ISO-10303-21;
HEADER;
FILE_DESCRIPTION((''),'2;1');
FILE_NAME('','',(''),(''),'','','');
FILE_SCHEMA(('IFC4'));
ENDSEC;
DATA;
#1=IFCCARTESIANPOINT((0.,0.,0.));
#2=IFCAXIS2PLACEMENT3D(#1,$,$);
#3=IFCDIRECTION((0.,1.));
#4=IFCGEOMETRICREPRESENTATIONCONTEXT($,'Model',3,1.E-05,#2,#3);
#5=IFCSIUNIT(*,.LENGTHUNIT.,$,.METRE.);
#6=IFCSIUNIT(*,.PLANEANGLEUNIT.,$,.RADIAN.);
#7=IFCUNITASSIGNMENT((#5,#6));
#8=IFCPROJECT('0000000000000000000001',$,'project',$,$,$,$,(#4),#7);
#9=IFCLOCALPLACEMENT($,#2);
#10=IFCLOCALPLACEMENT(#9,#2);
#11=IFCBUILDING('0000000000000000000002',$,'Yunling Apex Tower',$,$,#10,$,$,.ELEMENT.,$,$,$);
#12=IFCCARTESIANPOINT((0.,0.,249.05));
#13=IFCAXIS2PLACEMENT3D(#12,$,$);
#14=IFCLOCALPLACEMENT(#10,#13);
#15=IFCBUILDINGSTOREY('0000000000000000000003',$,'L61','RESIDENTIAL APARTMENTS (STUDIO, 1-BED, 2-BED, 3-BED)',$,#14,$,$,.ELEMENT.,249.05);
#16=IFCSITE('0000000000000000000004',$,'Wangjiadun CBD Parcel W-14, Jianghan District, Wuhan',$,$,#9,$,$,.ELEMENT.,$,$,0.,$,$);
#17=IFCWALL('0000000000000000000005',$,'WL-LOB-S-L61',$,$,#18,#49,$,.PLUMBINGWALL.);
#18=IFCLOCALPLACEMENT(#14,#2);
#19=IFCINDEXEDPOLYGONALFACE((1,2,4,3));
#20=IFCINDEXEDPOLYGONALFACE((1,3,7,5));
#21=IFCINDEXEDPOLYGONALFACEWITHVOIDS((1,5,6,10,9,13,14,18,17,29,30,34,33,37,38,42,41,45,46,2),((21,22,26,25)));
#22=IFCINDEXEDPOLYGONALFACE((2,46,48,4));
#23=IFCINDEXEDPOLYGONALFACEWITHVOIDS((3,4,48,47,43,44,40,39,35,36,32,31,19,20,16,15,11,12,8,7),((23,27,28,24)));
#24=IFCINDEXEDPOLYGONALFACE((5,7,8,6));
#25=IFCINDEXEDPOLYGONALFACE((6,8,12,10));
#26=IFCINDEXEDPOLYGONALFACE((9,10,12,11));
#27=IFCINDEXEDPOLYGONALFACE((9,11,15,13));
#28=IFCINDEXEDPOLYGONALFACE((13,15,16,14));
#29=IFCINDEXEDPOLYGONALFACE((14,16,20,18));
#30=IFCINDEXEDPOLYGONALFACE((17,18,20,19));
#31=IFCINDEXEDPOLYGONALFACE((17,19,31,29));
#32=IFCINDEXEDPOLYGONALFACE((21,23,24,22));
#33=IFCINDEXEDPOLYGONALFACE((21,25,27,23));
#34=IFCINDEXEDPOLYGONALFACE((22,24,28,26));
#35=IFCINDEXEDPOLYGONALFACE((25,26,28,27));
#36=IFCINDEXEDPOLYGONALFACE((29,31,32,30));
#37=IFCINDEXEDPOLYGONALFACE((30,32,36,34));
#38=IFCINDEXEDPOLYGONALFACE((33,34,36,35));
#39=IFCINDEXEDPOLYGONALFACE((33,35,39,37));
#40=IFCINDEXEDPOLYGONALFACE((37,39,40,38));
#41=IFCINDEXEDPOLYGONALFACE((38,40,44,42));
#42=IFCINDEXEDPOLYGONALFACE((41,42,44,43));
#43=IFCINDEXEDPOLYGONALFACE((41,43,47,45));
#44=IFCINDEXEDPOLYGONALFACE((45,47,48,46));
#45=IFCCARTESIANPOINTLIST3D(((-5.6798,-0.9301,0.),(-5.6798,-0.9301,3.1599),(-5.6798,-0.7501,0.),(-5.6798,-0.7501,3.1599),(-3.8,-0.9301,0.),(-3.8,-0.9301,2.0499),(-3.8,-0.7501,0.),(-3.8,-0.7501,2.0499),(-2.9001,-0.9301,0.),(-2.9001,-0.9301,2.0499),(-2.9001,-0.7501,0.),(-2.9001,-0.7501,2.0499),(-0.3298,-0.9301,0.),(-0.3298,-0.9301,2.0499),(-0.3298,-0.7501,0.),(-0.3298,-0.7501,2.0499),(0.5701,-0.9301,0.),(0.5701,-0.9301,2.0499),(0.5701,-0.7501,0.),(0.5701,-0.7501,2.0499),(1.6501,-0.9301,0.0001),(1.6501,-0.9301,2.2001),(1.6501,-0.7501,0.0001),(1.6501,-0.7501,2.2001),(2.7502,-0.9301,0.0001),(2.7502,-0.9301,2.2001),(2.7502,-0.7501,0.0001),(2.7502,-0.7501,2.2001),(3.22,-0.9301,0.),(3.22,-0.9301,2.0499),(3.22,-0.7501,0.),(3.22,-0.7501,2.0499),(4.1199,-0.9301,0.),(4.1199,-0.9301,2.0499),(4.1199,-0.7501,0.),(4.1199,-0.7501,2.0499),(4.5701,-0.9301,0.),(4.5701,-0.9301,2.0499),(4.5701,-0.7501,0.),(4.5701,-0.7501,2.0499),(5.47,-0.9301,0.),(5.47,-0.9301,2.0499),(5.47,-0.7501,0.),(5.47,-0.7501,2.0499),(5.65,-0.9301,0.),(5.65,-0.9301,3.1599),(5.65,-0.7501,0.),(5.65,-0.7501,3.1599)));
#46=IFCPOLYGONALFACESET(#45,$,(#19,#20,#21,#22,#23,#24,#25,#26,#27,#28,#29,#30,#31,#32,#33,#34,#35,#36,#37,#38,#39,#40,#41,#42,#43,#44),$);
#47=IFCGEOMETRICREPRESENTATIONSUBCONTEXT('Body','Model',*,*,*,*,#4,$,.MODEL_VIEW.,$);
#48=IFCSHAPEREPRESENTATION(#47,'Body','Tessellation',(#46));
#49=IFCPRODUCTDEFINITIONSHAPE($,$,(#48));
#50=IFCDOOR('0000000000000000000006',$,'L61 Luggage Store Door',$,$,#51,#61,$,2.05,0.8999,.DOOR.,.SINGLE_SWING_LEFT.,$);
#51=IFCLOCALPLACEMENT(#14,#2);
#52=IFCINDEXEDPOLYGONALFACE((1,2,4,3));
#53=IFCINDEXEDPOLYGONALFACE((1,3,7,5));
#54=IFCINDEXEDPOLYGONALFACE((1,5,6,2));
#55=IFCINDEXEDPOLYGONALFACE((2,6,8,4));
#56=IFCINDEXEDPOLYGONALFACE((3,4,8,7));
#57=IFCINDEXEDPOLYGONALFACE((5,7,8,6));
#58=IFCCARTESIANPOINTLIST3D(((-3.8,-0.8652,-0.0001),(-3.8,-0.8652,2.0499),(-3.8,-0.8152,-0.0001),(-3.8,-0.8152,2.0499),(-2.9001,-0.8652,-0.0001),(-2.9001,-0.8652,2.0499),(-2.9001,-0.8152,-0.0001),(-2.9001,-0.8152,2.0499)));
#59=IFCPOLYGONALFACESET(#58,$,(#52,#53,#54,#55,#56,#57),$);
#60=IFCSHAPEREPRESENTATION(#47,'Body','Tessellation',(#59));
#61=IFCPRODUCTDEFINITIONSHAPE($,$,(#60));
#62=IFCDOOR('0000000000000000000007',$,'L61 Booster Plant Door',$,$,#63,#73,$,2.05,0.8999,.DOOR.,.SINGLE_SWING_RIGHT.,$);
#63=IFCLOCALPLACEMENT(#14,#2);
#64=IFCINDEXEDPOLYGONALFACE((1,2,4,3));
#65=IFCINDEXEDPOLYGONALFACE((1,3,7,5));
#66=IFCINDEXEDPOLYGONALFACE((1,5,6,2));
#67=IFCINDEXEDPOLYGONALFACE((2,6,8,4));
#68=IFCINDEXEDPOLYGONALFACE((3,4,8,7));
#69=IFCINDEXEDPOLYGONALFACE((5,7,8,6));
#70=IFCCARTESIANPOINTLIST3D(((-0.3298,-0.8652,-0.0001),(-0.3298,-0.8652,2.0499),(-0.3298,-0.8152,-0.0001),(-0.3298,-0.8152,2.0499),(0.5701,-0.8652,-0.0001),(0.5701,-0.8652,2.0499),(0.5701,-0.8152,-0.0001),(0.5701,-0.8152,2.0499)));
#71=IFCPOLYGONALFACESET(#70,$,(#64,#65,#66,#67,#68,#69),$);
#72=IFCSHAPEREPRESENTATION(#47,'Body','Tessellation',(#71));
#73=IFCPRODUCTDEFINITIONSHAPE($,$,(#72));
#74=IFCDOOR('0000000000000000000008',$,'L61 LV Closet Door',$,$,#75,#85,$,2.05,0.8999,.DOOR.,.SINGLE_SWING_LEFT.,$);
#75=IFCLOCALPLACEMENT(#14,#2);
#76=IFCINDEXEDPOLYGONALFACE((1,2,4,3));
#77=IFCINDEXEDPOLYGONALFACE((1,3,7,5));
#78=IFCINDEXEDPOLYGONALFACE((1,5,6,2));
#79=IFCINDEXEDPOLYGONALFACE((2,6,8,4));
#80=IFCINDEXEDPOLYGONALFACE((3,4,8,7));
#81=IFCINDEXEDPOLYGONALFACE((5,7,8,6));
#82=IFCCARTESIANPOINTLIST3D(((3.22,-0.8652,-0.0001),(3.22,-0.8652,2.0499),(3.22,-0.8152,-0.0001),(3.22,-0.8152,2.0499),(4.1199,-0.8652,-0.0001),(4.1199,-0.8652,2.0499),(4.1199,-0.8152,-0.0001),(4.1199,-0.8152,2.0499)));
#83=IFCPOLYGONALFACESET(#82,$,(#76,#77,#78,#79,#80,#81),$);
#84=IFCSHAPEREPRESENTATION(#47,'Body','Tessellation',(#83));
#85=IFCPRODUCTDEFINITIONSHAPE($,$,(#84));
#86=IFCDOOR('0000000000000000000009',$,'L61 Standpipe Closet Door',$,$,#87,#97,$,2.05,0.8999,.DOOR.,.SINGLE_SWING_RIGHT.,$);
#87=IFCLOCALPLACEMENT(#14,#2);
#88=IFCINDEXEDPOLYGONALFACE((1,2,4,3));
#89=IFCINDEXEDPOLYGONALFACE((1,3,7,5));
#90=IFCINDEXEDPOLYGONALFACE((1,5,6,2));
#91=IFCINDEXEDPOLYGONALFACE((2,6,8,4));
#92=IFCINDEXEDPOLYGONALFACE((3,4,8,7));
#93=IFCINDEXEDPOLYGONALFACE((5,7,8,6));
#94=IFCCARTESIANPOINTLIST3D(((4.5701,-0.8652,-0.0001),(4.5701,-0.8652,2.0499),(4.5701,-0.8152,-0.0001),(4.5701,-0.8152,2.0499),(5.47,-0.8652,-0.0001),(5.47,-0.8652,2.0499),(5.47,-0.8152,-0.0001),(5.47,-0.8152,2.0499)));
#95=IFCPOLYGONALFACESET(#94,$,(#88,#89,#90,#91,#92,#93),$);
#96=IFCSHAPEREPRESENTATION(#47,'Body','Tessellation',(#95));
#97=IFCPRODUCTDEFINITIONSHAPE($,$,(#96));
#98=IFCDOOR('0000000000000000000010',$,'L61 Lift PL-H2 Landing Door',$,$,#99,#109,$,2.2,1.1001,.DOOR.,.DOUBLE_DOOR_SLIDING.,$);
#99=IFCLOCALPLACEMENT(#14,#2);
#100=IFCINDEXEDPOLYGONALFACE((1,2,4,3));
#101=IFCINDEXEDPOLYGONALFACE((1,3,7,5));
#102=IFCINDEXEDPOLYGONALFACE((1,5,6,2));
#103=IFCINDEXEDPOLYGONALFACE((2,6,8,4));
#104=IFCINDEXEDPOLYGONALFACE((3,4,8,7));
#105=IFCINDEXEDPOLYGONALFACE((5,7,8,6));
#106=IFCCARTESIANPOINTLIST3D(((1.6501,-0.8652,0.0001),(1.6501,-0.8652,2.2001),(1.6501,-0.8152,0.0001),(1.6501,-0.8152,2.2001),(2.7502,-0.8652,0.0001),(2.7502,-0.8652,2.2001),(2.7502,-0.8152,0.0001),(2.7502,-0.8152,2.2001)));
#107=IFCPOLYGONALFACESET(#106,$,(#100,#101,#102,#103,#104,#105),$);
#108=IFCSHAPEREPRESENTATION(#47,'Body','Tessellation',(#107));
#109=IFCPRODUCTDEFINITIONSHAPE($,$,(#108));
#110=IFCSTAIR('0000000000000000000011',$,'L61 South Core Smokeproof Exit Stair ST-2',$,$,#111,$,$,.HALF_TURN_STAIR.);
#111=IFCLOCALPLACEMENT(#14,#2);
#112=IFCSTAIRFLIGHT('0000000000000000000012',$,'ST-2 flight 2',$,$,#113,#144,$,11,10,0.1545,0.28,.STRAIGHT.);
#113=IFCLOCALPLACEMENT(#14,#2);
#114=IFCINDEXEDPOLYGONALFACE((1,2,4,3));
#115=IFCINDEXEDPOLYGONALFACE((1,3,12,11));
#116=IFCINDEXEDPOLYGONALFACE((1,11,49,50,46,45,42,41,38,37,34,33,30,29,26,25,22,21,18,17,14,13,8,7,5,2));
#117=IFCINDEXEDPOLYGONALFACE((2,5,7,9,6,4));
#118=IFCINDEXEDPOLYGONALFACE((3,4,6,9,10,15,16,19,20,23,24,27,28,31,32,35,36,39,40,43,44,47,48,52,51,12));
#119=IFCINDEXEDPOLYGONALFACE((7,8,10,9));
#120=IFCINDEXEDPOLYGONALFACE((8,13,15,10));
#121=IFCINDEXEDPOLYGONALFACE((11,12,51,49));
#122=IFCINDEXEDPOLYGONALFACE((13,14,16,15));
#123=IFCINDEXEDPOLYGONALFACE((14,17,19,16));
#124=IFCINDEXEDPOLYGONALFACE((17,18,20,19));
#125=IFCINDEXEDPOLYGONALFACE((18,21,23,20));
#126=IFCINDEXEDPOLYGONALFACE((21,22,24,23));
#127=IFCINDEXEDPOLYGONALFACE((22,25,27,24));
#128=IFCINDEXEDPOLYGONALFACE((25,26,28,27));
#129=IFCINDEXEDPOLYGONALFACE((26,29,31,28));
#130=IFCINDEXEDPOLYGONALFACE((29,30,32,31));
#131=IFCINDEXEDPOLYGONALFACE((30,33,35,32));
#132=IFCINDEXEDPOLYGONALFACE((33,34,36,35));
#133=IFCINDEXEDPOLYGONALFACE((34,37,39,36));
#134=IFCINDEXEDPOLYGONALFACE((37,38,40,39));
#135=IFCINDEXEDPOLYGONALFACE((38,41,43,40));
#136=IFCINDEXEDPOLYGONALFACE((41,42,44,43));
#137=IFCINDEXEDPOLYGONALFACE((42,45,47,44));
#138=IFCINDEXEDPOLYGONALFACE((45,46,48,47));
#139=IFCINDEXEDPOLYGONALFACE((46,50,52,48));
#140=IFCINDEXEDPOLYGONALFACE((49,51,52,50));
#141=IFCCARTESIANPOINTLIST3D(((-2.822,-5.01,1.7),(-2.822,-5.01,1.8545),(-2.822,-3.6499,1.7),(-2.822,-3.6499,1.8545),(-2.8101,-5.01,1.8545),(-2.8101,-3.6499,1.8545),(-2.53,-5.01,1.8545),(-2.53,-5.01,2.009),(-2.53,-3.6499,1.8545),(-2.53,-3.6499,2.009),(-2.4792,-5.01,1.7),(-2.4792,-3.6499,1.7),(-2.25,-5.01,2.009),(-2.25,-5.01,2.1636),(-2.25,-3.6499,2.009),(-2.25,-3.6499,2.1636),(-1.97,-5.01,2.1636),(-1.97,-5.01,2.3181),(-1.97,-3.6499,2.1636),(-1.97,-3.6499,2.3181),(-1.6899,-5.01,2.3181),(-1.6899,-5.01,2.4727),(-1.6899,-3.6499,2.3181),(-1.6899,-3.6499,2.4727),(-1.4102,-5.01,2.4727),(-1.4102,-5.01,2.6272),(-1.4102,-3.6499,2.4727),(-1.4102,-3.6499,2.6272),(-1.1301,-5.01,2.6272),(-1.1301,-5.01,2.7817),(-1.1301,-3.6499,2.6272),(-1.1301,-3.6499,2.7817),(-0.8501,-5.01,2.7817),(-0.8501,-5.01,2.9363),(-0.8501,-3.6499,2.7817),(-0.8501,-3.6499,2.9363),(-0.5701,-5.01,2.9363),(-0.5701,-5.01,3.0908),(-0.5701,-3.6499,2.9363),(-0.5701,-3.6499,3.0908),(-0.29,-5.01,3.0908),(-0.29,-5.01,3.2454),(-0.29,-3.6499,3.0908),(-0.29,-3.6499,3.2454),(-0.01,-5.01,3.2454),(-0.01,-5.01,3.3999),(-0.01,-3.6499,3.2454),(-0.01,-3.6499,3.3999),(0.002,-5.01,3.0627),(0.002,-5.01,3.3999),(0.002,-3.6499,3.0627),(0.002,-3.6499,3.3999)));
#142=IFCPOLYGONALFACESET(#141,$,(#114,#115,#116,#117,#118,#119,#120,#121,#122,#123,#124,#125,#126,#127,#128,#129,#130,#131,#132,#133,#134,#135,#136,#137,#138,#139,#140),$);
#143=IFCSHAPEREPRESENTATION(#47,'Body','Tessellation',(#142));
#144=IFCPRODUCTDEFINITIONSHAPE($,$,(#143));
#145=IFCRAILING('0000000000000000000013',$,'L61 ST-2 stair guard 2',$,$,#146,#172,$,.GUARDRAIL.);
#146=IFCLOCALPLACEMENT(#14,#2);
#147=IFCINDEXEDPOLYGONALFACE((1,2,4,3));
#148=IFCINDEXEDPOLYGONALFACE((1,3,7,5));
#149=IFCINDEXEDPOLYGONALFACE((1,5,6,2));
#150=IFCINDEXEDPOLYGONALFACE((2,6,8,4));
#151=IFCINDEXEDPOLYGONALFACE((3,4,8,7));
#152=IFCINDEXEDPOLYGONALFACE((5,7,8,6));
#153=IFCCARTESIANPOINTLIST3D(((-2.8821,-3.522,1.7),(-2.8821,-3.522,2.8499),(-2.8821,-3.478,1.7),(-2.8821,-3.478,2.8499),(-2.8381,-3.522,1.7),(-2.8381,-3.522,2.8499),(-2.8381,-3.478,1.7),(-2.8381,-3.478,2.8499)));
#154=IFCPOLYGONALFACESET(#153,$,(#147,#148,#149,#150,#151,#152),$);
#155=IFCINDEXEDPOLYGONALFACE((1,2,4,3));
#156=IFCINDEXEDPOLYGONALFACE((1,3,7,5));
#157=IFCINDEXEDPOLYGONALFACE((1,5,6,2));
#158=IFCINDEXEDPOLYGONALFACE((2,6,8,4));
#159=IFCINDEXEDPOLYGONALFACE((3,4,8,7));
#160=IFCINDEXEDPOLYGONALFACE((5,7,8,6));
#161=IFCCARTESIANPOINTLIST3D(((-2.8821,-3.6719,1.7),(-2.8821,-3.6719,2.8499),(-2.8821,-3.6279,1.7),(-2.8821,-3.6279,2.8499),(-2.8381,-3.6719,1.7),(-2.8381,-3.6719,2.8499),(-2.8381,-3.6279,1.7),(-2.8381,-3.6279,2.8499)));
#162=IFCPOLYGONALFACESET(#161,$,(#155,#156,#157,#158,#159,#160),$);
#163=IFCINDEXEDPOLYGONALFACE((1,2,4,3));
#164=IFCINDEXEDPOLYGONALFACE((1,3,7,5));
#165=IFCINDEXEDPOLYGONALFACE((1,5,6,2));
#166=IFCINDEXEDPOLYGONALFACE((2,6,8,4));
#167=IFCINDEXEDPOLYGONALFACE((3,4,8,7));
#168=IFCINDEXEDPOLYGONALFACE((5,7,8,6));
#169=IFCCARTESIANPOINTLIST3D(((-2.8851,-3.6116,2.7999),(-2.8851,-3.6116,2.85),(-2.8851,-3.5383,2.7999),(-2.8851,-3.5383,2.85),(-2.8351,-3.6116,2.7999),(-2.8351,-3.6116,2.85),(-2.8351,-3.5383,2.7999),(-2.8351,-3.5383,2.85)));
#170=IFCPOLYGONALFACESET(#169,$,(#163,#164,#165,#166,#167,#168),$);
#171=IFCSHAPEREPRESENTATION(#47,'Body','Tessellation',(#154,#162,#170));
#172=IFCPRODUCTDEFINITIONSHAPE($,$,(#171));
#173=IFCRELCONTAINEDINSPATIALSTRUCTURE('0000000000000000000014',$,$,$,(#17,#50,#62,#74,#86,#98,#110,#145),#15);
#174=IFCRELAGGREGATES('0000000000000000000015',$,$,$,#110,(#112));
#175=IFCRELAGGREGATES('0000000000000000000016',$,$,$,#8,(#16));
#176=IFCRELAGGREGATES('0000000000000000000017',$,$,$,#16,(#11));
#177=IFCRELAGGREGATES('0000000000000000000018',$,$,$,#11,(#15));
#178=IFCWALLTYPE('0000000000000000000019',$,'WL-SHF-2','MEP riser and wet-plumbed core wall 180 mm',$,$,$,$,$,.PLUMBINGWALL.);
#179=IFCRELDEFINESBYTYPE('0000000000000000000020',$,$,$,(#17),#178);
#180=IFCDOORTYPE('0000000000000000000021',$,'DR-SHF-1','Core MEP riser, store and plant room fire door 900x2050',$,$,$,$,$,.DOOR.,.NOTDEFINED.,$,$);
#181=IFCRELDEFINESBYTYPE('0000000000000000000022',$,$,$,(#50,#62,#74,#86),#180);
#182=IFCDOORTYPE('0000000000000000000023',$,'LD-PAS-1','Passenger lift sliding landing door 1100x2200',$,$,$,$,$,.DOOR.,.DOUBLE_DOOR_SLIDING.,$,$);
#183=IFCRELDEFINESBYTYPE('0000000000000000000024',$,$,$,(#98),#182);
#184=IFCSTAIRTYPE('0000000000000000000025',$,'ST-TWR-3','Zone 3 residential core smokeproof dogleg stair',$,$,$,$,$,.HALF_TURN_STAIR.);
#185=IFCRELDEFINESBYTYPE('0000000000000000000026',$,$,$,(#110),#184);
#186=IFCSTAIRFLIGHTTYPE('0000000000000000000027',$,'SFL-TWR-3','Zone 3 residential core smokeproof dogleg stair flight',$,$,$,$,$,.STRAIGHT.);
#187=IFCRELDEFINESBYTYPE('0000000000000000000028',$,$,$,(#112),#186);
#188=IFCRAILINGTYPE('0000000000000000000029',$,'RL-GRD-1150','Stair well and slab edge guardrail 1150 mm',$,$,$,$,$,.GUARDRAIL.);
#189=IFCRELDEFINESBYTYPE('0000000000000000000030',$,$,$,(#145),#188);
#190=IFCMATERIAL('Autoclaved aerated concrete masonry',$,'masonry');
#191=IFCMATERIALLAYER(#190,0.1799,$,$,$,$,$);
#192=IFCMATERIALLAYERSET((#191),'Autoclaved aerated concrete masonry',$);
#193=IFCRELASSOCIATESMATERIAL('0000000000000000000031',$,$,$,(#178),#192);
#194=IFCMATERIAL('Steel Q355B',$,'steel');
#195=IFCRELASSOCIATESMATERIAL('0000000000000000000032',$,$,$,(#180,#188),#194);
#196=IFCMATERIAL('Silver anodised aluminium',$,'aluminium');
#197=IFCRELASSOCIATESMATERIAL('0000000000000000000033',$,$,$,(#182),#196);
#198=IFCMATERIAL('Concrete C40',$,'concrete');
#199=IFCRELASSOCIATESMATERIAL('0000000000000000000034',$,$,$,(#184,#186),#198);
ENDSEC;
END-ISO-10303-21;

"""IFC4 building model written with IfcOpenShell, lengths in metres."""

from ifc_helpers import new_model, si_unit, direction, frame, frame_2d, origin, origin_2d, place, context, subcontext, project, spatial, polyline, rectangle, outline, extrude, material, layer, layer_set, type_object, element, fill, aggregate, save


model = new_model("IFC4")

# Units and contexts
model_context = context("Model", 3, precision=1e-05, world=origin(), true_north=direction((0.0, 1.0)))
body_context = subcontext(model_context, "Body", "Model", "MODEL_VIEW")
ifc_project = project(units=[si_unit("LENGTHUNIT", "METRE"), si_unit("PLANEANGLEUNIT", "RADIAN")], contexts=[model_context])

# Site, building, storey
site_placement = place(None, origin())
site = spatial("IfcSite", under=ifc_project, at=site_placement, Name="Wangjiadun CBD Parcel W-14, Jianghan District, Wuhan", CompositionType="ELEMENT", RefElevation=0.0)
building_placement = place(site_placement, origin())
building = spatial("IfcBuilding", under=site, at=building_placement, Name="Yunling Apex Tower", CompositionType="ELEMENT")
storey_placement = place(building_placement, frame((0.0, 0.0, 249.05)))
storey = spatial("IfcBuildingStorey", under=building, at=storey_placement, Name="L61", Description="RESIDENTIAL APARTMENTS (STUDIO, 1-BED, 2-BED, 3-BED)", CompositionType="ELEMENT", Elevation=249.05)

# Shared definitions
ifc_material_1 = material(Name="Steel Q355B", Category="steel")
ifc_material_2 = material(Name="Concrete C40", Category="concrete")

# Shared definitions
ifc_material_3 = material(Name="Autoclaved aerated concrete masonry", Category="masonry")

# Wall, openings, doors
ifc_layer_1 = layer(ifc_material_3, 0.1799)
ifc_layer_set_1 = layer_set([ifc_layer_1], Name="Autoclaved aerated concrete masonry")
wall_type_1 = type_object("IfcWallType", Name="WL-SHF-2", Description="MEP riser and wet-plumbed core wall 180 mm", PredefinedType="PLUMBINGWALL", material=ifc_layer_set_1)
door_type_1 = type_object("IfcDoorType", Name="DR-SHF-1", Description="Core MEP riser, store and plant room fire door 900x2050", OperationType="NOTDEFINED", PredefinedType="DOOR", material=ifc_material_1)
ifc_material_4 = material(Name="Silver anodised aluminium", Category="aluminium")
door_type_2 = type_object("IfcDoorType", Name="LD-PAS-1", Description="Passenger lift sliding landing door 1100x2200", OperationType="DOUBLE_DOOR_SLIDING", PredefinedType="DOOR", material=ifc_material_4)
wall_1_placement = place(storey_placement, frame((-5.6799, -0.8401, 0.0), z_axis=(0.0, 0.0, 1.0), x_axis=(1.0, 0.0, 0.0)))
wall_1 = element("IfcWall", 1, at=wall_1_placement, inside=storey, type_object=wall_type_1, Name="WL-LOB-S-L61", PredefinedType="PLUMBINGWALL", context=body_context, shape_type="SweptSolid", body=[
    extrude(rectangle(XDim=11.3298, YDim=0.1799, at=frame_2d((5.665, 0.0))), origin(), (0.0, 0.0, 1.0), 3.1599),
])
opening_1_placement = place(wall_1_placement, frame((1.8799, 0.0, 0.0)))
opening_1 = element("IfcOpeningElement", 2, at=opening_1_placement, cuts=wall_1, PredefinedType="OPENING", context=body_context, shape_type="SweptSolid", body=[
    extrude(rectangle(XDim=0.8999, YDim=2.05, at=frame_2d((0.45, 1.0249))), frame((0.0, 0.1001, 0.0), z_axis=(0.0, -1.0, 0.0), x_axis=(1.0, 0.0, 0.0)), (0.0, 0.0, 1.0), 0.2),
])
opening_2_placement = place(wall_1_placement, frame((5.3501, 0.0, 0.0)))
opening_2 = element("IfcOpeningElement", 3, at=opening_2_placement, cuts=wall_1, PredefinedType="OPENING", context=body_context, shape_type="SweptSolid", body=[
    extrude(rectangle(XDim=0.8999, YDim=2.05, at=frame_2d((0.45, 1.0249))), frame((0.0, 0.1001, 0.0), z_axis=(0.0, -1.0, 0.0), x_axis=(1.0, 0.0, 0.0)), (0.0, 0.0, 1.0), 0.2),
])
opening_3_placement = place(wall_1_placement, frame((7.3301, 0.0, 0.0)))
opening_3 = element("IfcOpeningElement", 4, at=opening_3_placement, cuts=wall_1, PredefinedType="OPENING", context=body_context, shape_type="SweptSolid", body=[
    extrude(rectangle(XDim=1.1001, YDim=2.2, at=frame_2d((0.55, 1.1001))), frame((0.0, 0.1001, 0.0), z_axis=(0.0, -1.0, 0.0), x_axis=(1.0, 0.0, 0.0)), (0.0, 0.0, 1.0), 0.2),
])
opening_4_placement = place(wall_1_placement, frame((8.8999, 0.0, 0.0)))
opening_4 = element("IfcOpeningElement", 5, at=opening_4_placement, cuts=wall_1, PredefinedType="OPENING", context=body_context, shape_type="SweptSolid", body=[
    extrude(rectangle(XDim=0.8999, YDim=2.05, at=frame_2d((0.45, 1.0249))), frame((0.0, 0.1001, 0.0), z_axis=(0.0, -1.0, 0.0), x_axis=(1.0, 0.0, 0.0)), (0.0, 0.0, 1.0), 0.2),
])
opening_5_placement = place(wall_1_placement, frame((10.25, 0.0, 0.0)))
opening_5 = element("IfcOpeningElement", 6, at=opening_5_placement, cuts=wall_1, PredefinedType="OPENING", context=body_context, shape_type="SweptSolid", body=[
    extrude(rectangle(XDim=0.8999, YDim=2.05, at=frame_2d((0.45, 1.0249))), frame((0.0, 0.1001, 0.0), z_axis=(0.0, -1.0, 0.0), x_axis=(1.0, 0.0, 0.0)), (0.0, 0.0, 1.0), 0.2),
])
door_1_placement = place(opening_1_placement, origin())
door_1 = element("IfcDoor", 7, at=door_1_placement, inside=storey, type_object=door_type_1, Name="L61 Luggage Store Door", OperationType="SINGLE_SWING_LEFT", OverallHeight=2.05, OverallWidth=0.8999, PredefinedType="DOOR", context=body_context, shape_type="SweptSolid", body=[
    extrude(rectangle(XDim=0.8999, YDim=2.05, at=frame_2d((0.45, 1.0249))), frame((0.0, 0.0249, 0.0), z_axis=(0.0, -1.0, 0.0), x_axis=(1.0, 0.0, 0.0)), (0.0, 0.0, 1.0), 0.05),
])
fill(opening_1, door_1)
door_2_placement = place(opening_2_placement, origin())
door_2 = element("IfcDoor", 8, at=door_2_placement, inside=storey, type_object=door_type_1, Name="L61 Booster Plant Door", OperationType="SINGLE_SWING_RIGHT", OverallHeight=2.05, OverallWidth=0.8999, PredefinedType="DOOR", context=body_context, shape_type="SweptSolid", body=[
    extrude(rectangle(XDim=0.8999, YDim=2.05, at=frame_2d((0.45, 1.0249))), frame((0.0, 0.0249, 0.0), z_axis=(0.0, -1.0, 0.0), x_axis=(1.0, 0.0, 0.0)), (0.0, 0.0, 1.0), 0.05),
])
fill(opening_2, door_2)
door_3_placement = place(opening_4_placement, origin())
door_3 = element("IfcDoor", 9, at=door_3_placement, inside=storey, type_object=door_type_1, Name="L61 LV Closet Door", OperationType="SINGLE_SWING_LEFT", OverallHeight=2.05, OverallWidth=0.8999, PredefinedType="DOOR", context=body_context, shape_type="SweptSolid", body=[
    extrude(rectangle(XDim=0.8999, YDim=2.05, at=frame_2d((0.45, 1.0249))), frame((0.0, 0.0249, 0.0), z_axis=(0.0, -1.0, 0.0), x_axis=(1.0, 0.0, 0.0)), (0.0, 0.0, 1.0), 0.05),
])
fill(opening_4, door_3)
door_4_placement = place(opening_5_placement, origin())
door_4 = element("IfcDoor", 10, at=door_4_placement, inside=storey, type_object=door_type_1, Name="L61 Standpipe Closet Door", OperationType="SINGLE_SWING_RIGHT", OverallHeight=2.05, OverallWidth=0.8999, PredefinedType="DOOR", context=body_context, shape_type="SweptSolid", body=[
    extrude(rectangle(XDim=0.8999, YDim=2.05, at=frame_2d((0.45, 1.0249))), frame((0.0, 0.0249, 0.0), z_axis=(0.0, -1.0, 0.0), x_axis=(1.0, 0.0, 0.0)), (0.0, 0.0, 1.0), 0.05),
])
fill(opening_5, door_4)
door_5_placement = place(opening_3_placement, origin())
door_5 = element("IfcDoor", 11, at=door_5_placement, inside=storey, type_object=door_type_2, Name="L61 Lift PL-H2 Landing Door", OperationType="DOUBLE_DOOR_SLIDING", OverallHeight=2.2, OverallWidth=1.1001, PredefinedType="DOOR", context=body_context, shape_type="SweptSolid", body=[
    extrude(rectangle(XDim=1.1001, YDim=2.2, at=frame_2d((0.55, 1.1001))), frame((0.0, 0.0249, 0.0), z_axis=(0.0, -1.0, 0.0), x_axis=(1.0, 0.0, 0.0)), (0.0, 0.0, 1.0), 0.05),
])
fill(opening_3, door_5)

# Stair, stair flight
stair_type = type_object("IfcStairType", Name="ST-TWR-3", Description="Zone 3 residential core smokeproof dogleg stair", PredefinedType="HALF_TURN_STAIR", material=ifc_material_2)
stair_placement = place(storey_placement, origin())
stair = element("IfcStair", 12, at=stair_placement, inside=storey, type_object=stair_type, Name="L61 South Core Smokeproof Exit Stair ST-2", PredefinedType="HALF_TURN_STAIR")
stair_flight_type = type_object("IfcStairFlightType", Name="SFL-TWR-3", Description="Zone 3 residential core smokeproof dogleg stair flight", PredefinedType="STRAIGHT", material=ifc_material_2)
stair_flight_placement = place(storey_placement, frame((-2.8101, -4.3301, 1.7), z_axis=(0.0, 0.0, 1.0), x_axis=(1.0, 0.0, 0.0)))
stair_flight = element("IfcStairFlight", 13, at=stair_flight_placement, type_object=stair_flight_type, Name="ST-2 flight 2", NumberOfRisers=11, NumberOfTreads=10, PredefinedType="STRAIGHT", RiserHeight=0.1545, TreadLength=0.28, context=body_context, shape_type="SweptSolid", body=[
    extrude(outline(polyline([(-0.012, 0.0), (-0.012, 0.1545), (0.0, 0.1545), (0.28, 0.1545), (0.28, 0.3091), (0.5601, 0.3091), (0.5601, 0.4636), (0.8401, 0.4636), (0.8401, 0.6182), (1.1201, 0.6182), (1.1201, 0.7727), (1.3999, 0.7727), (1.3999, 0.9272), (1.6799, 0.9272), (1.6799, 1.0818), (1.96, 1.0818), (1.96, 1.2363), (2.24, 1.2363), (2.24, 1.3909), (2.52, 1.3909), (2.52, 1.5454), (2.8, 1.5454), (2.8, 1.7), (2.812, 1.7), (2.812, 1.3628), (0.3308, 0.0), (-0.012, 0.0)])), frame((0.0, 0.6802, 0.0), z_axis=(0.0, -1.0, 0.0), x_axis=(1.0, 0.0, 0.0)), (0.0, 0.0, 1.0), 1.3601),
])
aggregate(stair, [stair_flight])

# Railing
railing_type = type_object("IfcRailingType", Name="RL-GRD-1150", Description="Stair well and slab edge guardrail 1150 mm", PredefinedType="GUARDRAIL", material=ifc_material_1)
railing_placement = place(storey_placement, frame((-2.8601, -3.5, 1.7)))
element("IfcRailing", 14, at=railing_placement, inside=storey, type_object=railing_type, Name="L61 ST-2 stair guard 2", PredefinedType="GUARDRAIL", context=body_context, shape_type="SweptSolid", body=[
    extrude(rectangle(XDim=0.0439, YDim=0.0439, at=origin_2d()), origin(), (0.0, 0.0, 1.0), 1.1499),
    extrude(rectangle(XDim=0.0439, YDim=0.0439, at=origin_2d()), frame((0.0, -0.1499, 0.0)), (0.0, 0.0, 1.0), 1.1499),
    extrude(rectangle(XDim=0.05, YDim=0.05, at=origin_2d()), frame((0.0, -0.0383, 1.125), z_axis=(0.0, -1.0, 0.0), x_axis=(1.0, 0.0, 0.0)), (0.0, 0.0, 1.0), 0.0732),
])

save(model, "model.ifc")
